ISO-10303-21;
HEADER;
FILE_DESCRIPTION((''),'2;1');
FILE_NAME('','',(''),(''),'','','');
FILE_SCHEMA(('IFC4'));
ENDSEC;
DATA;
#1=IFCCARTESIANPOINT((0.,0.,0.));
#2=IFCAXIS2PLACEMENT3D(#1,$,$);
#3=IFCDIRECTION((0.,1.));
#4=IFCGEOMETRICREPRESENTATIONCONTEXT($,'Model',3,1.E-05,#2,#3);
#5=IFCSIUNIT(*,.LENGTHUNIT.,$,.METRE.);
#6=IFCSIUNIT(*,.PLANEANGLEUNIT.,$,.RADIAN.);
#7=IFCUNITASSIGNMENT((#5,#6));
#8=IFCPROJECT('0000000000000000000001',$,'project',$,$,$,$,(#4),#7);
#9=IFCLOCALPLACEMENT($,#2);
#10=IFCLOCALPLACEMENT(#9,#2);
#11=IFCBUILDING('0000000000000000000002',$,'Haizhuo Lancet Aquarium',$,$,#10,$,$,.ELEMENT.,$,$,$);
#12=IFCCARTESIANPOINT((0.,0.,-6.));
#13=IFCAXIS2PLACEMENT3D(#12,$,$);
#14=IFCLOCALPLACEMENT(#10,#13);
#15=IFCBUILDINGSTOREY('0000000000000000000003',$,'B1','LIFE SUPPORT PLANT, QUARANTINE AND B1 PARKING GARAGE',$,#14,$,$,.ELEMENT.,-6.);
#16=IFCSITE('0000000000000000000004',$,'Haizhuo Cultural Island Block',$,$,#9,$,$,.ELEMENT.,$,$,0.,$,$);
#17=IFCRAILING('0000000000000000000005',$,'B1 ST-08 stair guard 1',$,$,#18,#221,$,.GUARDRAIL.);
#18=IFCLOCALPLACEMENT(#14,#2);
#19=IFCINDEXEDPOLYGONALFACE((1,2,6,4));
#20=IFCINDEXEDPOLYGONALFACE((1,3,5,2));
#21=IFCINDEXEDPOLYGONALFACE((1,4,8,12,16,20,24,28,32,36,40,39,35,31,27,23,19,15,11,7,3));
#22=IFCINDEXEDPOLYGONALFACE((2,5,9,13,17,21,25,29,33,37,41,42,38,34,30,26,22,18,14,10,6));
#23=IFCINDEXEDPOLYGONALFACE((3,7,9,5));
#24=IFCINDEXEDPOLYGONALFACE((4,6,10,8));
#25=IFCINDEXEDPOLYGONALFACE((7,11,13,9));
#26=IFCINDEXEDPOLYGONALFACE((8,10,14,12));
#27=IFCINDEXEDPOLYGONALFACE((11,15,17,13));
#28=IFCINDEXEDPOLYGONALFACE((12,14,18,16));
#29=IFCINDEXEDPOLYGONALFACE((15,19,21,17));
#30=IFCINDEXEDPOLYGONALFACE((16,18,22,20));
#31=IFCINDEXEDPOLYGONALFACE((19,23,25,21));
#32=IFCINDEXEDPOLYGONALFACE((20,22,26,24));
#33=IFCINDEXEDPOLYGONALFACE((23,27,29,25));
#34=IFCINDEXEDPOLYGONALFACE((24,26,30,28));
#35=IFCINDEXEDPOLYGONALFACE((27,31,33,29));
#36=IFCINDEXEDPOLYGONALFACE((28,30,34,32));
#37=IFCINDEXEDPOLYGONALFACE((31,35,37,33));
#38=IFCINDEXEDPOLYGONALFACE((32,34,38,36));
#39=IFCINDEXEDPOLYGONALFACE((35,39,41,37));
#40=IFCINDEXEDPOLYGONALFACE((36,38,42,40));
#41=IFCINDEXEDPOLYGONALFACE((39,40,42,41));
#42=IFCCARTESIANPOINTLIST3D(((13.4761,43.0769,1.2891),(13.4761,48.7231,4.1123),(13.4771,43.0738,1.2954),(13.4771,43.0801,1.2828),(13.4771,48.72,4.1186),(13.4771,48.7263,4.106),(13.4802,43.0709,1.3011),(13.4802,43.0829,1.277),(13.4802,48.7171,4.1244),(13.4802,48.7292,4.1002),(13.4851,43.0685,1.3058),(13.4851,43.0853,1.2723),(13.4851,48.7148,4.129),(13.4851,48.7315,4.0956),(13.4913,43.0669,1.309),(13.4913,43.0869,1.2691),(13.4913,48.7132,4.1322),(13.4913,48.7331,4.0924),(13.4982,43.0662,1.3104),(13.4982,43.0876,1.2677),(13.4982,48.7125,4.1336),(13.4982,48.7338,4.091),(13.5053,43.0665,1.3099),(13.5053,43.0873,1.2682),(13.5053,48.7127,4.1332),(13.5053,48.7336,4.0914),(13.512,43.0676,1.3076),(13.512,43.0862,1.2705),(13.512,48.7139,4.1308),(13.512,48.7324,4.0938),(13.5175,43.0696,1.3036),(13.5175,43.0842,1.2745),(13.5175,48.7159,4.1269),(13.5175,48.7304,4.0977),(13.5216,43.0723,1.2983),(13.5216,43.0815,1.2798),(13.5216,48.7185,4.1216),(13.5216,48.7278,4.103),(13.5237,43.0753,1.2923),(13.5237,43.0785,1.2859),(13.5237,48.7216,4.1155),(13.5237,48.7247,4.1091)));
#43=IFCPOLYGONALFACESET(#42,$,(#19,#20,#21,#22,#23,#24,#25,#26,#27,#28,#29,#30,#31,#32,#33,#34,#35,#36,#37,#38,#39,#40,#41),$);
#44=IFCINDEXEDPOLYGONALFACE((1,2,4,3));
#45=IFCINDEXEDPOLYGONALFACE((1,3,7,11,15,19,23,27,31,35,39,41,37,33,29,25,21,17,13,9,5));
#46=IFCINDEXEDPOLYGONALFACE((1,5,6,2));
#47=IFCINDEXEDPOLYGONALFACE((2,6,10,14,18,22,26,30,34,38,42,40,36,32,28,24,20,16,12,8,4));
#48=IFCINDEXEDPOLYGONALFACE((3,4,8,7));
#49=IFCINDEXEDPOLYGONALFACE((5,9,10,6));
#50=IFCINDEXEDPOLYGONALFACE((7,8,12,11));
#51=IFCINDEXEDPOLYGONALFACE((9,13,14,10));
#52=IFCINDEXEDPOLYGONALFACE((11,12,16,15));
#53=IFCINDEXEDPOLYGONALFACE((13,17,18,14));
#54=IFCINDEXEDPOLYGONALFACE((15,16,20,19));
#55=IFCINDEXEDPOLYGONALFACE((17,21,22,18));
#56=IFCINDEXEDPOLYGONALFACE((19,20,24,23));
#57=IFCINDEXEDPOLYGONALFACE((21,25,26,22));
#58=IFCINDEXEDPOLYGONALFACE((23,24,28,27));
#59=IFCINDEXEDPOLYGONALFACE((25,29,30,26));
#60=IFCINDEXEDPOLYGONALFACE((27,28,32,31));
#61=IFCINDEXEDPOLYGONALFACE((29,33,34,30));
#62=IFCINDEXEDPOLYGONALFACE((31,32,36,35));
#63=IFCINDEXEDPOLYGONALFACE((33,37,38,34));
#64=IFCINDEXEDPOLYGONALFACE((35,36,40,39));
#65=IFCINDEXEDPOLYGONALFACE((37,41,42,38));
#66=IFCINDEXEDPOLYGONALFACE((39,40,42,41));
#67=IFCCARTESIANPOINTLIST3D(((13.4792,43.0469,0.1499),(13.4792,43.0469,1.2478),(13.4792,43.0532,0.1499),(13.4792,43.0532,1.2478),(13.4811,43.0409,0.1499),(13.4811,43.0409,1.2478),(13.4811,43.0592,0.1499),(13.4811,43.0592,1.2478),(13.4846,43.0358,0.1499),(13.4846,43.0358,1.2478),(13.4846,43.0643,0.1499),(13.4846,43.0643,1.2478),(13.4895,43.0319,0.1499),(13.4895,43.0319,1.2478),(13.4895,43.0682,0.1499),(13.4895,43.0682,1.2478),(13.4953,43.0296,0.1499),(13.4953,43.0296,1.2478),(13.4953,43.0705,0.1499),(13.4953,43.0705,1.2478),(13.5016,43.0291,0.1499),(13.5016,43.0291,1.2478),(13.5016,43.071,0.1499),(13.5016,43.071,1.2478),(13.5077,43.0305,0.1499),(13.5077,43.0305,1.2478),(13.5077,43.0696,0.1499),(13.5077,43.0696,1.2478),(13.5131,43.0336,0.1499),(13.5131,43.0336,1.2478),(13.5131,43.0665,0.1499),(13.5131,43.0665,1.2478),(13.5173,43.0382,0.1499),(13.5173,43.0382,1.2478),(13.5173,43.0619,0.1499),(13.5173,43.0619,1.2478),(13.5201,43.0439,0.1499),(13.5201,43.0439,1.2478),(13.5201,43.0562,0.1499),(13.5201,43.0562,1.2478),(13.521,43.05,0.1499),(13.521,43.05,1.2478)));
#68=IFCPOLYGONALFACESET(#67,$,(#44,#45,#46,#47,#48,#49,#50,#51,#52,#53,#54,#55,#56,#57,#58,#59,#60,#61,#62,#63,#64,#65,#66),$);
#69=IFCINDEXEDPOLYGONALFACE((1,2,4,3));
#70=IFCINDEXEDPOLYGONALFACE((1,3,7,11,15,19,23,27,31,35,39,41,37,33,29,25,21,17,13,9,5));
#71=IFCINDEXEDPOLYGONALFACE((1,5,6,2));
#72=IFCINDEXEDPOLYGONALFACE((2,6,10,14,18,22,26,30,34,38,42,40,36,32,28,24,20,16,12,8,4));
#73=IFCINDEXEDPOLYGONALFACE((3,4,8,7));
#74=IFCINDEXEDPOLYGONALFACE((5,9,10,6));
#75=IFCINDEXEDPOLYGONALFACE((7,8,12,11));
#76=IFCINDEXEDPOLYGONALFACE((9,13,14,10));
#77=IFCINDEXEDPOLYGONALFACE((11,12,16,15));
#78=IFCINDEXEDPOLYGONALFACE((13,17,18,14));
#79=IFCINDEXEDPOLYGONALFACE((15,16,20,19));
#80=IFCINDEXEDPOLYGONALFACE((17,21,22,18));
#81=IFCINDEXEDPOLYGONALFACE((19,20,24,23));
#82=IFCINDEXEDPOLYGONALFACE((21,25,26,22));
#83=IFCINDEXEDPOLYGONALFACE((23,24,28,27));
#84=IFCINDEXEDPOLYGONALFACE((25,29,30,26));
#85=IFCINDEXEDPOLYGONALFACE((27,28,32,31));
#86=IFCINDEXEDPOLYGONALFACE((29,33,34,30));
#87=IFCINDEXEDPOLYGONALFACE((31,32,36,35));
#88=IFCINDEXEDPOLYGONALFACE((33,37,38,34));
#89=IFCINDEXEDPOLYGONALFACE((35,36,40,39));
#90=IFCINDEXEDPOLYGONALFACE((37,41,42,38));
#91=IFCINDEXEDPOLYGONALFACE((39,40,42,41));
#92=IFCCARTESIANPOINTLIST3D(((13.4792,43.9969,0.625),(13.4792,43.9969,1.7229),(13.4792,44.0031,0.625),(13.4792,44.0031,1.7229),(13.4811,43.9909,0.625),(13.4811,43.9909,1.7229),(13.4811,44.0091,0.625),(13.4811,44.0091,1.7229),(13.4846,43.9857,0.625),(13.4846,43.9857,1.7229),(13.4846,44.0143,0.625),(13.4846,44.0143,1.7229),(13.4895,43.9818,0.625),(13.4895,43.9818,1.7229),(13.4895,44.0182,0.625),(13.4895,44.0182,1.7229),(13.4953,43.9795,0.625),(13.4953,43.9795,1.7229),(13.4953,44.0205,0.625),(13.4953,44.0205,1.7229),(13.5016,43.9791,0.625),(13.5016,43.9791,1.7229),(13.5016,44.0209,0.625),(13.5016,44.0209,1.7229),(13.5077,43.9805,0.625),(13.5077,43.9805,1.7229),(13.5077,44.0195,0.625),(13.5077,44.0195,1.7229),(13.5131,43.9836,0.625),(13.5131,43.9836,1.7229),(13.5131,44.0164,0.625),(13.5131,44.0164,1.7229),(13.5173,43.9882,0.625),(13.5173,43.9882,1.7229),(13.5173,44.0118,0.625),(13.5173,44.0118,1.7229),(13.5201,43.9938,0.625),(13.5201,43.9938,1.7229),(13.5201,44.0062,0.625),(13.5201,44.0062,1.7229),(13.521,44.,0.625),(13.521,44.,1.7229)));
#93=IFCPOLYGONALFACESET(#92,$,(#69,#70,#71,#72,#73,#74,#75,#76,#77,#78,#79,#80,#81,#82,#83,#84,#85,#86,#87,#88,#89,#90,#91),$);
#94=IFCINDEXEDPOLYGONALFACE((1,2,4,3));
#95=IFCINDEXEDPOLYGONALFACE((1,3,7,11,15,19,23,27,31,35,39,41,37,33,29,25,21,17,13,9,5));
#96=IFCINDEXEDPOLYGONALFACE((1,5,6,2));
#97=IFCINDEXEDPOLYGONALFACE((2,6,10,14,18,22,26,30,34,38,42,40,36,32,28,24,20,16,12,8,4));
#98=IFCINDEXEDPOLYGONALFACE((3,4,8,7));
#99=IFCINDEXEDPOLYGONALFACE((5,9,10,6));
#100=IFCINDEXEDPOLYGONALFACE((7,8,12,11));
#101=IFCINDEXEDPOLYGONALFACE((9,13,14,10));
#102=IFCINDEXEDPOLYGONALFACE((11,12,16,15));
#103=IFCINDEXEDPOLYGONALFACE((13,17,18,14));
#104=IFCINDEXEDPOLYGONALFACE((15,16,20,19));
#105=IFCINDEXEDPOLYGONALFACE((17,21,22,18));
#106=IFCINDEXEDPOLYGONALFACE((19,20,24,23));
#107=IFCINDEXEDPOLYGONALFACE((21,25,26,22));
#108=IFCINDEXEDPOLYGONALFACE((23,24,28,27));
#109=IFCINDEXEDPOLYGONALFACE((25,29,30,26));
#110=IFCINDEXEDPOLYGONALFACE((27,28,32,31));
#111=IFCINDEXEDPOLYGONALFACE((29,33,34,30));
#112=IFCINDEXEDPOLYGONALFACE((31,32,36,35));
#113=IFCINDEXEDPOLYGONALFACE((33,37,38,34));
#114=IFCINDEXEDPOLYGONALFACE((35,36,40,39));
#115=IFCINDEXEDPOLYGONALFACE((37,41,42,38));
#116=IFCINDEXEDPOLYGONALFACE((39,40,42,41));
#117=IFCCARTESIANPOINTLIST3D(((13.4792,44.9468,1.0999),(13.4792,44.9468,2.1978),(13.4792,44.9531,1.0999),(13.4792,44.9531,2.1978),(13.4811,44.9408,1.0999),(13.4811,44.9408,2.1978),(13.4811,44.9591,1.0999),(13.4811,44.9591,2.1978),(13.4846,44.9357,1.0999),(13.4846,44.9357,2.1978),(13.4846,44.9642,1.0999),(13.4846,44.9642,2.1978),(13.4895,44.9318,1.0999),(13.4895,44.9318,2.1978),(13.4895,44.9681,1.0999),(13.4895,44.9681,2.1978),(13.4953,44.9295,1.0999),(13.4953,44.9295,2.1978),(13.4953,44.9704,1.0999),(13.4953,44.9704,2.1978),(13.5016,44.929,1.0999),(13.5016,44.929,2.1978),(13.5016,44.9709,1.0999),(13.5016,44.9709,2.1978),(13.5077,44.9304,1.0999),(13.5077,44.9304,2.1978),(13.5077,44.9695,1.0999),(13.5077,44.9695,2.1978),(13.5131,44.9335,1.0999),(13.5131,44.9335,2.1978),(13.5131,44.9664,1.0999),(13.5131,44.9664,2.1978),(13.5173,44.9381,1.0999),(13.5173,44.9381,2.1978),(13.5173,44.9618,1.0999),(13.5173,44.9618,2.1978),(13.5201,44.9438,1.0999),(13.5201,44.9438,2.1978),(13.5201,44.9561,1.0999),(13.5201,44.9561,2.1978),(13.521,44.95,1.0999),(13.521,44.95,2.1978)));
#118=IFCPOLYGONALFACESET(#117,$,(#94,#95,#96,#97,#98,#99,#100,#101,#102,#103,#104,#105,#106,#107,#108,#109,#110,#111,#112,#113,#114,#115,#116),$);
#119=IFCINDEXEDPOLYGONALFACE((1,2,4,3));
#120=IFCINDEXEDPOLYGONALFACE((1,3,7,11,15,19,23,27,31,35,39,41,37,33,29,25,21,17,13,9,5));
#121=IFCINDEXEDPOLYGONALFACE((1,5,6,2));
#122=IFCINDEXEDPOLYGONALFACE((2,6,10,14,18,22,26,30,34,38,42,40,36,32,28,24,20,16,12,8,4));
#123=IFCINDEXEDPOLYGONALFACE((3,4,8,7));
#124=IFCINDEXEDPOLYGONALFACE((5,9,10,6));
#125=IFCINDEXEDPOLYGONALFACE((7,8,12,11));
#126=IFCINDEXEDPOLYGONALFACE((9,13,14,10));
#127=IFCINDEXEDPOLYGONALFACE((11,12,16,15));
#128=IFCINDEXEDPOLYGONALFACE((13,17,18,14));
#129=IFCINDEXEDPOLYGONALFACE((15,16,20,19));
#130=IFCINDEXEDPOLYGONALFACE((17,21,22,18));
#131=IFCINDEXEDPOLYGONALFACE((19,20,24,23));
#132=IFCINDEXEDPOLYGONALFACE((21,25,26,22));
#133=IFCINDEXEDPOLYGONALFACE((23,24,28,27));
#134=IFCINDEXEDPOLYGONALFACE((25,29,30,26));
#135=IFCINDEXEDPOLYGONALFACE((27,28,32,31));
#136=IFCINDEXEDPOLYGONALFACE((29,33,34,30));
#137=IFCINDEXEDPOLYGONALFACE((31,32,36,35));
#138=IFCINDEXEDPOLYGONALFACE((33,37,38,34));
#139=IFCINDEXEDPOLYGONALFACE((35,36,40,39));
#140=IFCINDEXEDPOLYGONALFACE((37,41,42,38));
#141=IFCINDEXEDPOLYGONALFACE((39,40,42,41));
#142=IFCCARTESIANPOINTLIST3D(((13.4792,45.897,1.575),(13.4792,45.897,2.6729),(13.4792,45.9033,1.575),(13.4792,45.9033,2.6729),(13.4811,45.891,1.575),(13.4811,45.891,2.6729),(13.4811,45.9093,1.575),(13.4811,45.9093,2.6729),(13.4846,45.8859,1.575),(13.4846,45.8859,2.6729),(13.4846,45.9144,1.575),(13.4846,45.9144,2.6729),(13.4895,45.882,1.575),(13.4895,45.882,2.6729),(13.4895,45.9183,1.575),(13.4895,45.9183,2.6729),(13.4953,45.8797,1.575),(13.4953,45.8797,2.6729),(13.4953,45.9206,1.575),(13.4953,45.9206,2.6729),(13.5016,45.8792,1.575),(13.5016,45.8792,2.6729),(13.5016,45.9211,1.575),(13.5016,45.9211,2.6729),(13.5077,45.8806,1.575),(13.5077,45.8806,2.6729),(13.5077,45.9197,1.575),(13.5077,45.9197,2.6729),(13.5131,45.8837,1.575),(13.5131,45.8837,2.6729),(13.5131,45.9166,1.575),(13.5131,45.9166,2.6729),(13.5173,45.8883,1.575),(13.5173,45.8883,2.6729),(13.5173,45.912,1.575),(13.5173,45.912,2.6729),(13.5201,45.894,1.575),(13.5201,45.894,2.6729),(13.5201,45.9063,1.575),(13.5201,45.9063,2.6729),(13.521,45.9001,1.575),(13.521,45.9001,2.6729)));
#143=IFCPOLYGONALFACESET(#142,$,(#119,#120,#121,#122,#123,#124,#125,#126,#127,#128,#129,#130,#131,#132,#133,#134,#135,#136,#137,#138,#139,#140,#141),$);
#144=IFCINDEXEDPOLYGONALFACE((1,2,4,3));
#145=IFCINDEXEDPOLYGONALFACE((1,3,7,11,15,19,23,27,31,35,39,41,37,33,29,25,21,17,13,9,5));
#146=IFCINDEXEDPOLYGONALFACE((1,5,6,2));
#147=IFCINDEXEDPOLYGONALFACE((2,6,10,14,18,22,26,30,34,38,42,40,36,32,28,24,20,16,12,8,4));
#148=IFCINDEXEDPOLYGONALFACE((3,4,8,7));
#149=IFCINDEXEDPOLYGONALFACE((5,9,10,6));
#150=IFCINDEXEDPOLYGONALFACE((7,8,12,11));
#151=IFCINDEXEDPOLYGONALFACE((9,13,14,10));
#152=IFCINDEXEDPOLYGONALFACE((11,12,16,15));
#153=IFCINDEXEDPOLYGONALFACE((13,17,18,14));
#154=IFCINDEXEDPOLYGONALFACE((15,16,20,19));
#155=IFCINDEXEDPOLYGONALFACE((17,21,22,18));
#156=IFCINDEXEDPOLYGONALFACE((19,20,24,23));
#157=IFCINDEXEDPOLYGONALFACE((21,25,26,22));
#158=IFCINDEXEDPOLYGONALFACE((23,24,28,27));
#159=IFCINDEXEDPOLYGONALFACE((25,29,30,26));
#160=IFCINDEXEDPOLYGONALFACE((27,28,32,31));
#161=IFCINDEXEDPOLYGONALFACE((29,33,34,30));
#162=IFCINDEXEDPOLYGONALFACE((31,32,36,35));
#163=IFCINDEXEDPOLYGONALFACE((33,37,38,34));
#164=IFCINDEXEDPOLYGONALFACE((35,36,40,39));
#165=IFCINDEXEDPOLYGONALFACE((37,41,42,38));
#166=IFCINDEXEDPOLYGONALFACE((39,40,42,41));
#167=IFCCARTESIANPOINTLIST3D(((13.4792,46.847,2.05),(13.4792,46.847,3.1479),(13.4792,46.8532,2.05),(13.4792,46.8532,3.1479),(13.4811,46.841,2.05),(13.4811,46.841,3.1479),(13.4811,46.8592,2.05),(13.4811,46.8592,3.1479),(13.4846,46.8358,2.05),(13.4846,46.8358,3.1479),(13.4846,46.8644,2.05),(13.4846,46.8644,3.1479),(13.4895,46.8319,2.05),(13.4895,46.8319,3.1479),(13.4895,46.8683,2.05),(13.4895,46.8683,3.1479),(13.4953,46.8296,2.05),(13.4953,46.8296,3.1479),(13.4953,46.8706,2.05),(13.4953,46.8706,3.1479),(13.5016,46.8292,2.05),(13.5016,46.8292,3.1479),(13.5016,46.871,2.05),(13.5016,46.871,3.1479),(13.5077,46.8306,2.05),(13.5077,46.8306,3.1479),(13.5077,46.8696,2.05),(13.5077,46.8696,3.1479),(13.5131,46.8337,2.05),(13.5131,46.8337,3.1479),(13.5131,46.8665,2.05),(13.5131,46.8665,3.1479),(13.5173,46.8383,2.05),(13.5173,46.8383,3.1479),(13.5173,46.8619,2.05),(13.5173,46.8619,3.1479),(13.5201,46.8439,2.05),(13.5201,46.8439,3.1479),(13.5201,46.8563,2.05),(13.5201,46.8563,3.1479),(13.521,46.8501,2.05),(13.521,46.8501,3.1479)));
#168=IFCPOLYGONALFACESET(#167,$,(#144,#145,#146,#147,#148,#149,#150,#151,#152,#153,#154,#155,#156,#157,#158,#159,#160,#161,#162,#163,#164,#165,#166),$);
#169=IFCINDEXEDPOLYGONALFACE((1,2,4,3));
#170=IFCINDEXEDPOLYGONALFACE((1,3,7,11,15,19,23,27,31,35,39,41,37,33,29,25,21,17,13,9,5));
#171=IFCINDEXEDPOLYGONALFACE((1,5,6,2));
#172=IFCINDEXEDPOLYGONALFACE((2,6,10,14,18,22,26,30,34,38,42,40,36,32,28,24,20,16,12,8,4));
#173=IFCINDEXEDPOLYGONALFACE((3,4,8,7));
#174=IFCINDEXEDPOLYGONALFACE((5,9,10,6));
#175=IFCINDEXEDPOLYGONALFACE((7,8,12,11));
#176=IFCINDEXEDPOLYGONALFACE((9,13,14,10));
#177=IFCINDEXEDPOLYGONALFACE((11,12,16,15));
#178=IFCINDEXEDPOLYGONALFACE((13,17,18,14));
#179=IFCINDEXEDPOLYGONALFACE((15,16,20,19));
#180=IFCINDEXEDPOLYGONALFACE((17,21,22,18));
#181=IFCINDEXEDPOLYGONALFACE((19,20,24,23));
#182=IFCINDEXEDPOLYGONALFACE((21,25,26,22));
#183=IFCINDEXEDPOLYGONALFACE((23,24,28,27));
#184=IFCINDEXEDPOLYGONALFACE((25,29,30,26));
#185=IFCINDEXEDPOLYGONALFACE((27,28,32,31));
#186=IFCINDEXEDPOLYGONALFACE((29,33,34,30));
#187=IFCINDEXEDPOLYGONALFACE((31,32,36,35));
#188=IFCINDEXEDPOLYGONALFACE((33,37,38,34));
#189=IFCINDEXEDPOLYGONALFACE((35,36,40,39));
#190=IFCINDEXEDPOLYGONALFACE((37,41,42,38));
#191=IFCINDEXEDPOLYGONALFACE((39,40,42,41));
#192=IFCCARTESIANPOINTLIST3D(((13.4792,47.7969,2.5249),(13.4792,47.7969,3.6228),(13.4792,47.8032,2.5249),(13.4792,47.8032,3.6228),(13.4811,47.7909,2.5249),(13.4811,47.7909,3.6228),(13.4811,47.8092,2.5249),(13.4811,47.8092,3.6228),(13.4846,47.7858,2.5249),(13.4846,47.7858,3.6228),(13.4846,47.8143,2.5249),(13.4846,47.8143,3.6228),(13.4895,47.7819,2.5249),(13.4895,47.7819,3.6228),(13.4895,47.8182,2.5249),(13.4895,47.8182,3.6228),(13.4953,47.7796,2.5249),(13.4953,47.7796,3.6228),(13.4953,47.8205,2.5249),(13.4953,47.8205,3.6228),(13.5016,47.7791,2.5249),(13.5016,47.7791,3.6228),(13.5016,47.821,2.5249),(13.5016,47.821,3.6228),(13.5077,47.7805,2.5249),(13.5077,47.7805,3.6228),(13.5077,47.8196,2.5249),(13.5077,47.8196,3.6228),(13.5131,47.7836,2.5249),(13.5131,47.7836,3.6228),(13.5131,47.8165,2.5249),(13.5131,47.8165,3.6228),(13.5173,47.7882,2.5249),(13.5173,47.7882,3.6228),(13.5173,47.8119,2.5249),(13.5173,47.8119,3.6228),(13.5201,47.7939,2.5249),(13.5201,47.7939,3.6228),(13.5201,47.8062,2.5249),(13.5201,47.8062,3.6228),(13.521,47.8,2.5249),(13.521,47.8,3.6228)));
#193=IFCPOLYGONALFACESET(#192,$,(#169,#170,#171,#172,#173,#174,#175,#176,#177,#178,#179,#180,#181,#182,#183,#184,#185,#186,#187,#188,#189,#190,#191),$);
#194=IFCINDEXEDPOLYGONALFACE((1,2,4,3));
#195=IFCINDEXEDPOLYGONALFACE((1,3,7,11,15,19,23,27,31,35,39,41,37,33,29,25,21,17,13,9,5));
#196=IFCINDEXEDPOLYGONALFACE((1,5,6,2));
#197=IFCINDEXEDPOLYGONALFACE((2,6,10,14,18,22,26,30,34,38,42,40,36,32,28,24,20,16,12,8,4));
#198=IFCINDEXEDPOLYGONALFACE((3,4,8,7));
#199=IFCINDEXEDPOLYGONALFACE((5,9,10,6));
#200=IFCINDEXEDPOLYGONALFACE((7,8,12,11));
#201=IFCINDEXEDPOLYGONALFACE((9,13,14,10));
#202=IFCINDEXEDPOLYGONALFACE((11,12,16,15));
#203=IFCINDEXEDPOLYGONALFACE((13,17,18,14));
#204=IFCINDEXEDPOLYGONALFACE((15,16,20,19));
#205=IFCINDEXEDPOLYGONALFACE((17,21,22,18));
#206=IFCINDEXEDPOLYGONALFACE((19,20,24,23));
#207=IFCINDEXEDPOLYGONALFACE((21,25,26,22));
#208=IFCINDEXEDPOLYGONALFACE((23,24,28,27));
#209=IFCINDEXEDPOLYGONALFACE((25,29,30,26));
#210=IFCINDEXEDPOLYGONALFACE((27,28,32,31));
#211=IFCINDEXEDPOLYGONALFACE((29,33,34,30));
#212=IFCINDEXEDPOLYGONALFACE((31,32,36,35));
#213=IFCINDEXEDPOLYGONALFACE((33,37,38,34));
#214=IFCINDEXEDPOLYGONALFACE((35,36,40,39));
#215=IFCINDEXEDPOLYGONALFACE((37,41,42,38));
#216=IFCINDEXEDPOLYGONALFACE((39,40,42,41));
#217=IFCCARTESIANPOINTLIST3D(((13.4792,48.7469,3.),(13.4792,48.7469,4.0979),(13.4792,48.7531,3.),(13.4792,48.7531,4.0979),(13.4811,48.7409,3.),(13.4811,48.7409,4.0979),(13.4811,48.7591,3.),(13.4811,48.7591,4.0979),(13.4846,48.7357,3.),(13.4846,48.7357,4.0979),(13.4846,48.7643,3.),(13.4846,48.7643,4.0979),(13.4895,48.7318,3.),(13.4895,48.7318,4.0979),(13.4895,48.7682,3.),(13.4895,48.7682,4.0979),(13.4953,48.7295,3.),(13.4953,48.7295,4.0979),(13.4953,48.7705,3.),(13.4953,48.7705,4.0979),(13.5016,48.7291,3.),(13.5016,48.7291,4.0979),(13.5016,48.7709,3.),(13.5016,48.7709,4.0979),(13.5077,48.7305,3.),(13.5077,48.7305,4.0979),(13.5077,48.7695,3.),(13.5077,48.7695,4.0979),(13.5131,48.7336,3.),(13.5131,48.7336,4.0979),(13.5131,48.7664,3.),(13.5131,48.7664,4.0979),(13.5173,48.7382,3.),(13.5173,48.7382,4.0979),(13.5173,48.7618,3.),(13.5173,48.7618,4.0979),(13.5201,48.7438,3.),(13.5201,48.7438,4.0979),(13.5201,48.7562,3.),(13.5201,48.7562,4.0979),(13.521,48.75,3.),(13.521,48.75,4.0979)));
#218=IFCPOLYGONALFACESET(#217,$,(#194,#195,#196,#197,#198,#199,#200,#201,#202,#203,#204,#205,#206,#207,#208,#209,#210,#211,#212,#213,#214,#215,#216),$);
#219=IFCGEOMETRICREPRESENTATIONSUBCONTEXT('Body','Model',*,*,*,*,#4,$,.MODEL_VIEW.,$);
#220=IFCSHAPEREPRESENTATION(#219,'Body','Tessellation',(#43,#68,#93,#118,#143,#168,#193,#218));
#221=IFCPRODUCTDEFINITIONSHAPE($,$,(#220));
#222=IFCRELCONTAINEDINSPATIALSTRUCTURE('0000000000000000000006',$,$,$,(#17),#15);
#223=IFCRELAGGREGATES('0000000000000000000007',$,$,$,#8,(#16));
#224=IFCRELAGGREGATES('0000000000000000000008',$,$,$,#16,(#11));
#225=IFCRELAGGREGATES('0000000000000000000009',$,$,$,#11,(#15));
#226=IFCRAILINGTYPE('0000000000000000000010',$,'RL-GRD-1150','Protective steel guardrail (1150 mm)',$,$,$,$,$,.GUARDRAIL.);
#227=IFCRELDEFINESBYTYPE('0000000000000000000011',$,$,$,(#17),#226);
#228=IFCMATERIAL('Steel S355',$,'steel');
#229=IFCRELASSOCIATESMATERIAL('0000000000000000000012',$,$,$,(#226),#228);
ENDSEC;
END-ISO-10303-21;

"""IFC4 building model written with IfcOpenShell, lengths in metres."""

from ifc_helpers import new_model, si_unit, direction, frame, origin, origin_2d, place, context, subcontext, project, spatial, circle, extrude, material, type_object, element, save


model = new_model("IFC4")

# Units and contexts
model_context = context("Model", 3, precision=1e-05, world=origin(), true_north=direction((0.0, 1.0)))
body_context = subcontext(model_context, "Body", "Model", "MODEL_VIEW")
ifc_project = project(units=[si_unit("LENGTHUNIT", "METRE"), si_unit("PLANEANGLEUNIT", "RADIAN")], contexts=[model_context])

# Site, building, storey
site_placement = place(None, origin())
site = spatial("IfcSite", under=ifc_project, at=site_placement, Name="Haizhuo Cultural Island Block", CompositionType="ELEMENT", RefElevation=0.0)
building_placement = place(site_placement, origin())
building = spatial("IfcBuilding", under=site, at=building_placement, Name="Haizhuo Lancet Aquarium", CompositionType="ELEMENT")
storey_placement = place(building_placement, frame((0.0, 0.0, -6.0)))
storey = spatial("IfcBuildingStorey", under=building, at=storey_placement, Name="B1", Description="LIFE SUPPORT PLANT, QUARANTINE AND B1 PARKING GARAGE", CompositionType="ELEMENT", Elevation=-6.0)

# Shared definitions
ifc_material_1 = material(Name="Steel S355", Category="steel")

# Railing
railing_type_1 = type_object("IfcRailingType", Name="RL-GRD-1150", Description="Protective steel guardrail (1150 mm)", PredefinedType="GUARDRAIL", material=ifc_material_1)
railing_1_placement = place(storey_placement, frame((13.5, 43.05, 0.1499)))
element("IfcRailing", 1, at=railing_1_placement, inside=storey, type_object=railing_type_1, Name="B1 ST-08 stair guard 1", PredefinedType="GUARDRAIL", context=body_context, shape_type="SweptSolid", body=[
    extrude(circle(Radius=0.0239, at=origin_2d()), frame((0.0, 0.0269, 1.1392), z_axis=(0.0, 0.89442, 0.447229), x_axis=(-1.0, 0.0, 0.0)), (0.0, 0.0, 1.0), 6.3127),
    extrude(circle(Radius=0.021, at=origin_2d()), origin(), (0.0, 0.0, 1.0), 1.0979),
    extrude(circle(Radius=0.021, at=origin_2d()), frame((0.0, 0.95, 0.4751)), (0.0, 0.0, 1.0), 1.0979),
    extrude(circle(Radius=0.021, at=origin_2d()), frame((0.0, 1.8999, 0.95)), (0.0, 0.0, 1.0), 1.0979),
    extrude(circle(Radius=0.021, at=origin_2d()), frame((0.0, 2.8501, 1.425)), (0.0, 0.0, 1.0), 1.0979),
    extrude(circle(Radius=0.021, at=origin_2d()), frame((0.0, 3.8, 1.9001)), (0.0, 0.0, 1.0), 1.0979),
    extrude(circle(Radius=0.021, at=origin_2d()), frame((0.0, 4.75, 2.375)), (0.0, 0.0, 1.0), 1.0979),
    extrude(circle(Radius=0.021, at=origin_2d()), frame((0.0, 5.7, 2.8501)), (0.0, 0.0, 1.0), 1.0979),
])

save(model, "model.ifc")
